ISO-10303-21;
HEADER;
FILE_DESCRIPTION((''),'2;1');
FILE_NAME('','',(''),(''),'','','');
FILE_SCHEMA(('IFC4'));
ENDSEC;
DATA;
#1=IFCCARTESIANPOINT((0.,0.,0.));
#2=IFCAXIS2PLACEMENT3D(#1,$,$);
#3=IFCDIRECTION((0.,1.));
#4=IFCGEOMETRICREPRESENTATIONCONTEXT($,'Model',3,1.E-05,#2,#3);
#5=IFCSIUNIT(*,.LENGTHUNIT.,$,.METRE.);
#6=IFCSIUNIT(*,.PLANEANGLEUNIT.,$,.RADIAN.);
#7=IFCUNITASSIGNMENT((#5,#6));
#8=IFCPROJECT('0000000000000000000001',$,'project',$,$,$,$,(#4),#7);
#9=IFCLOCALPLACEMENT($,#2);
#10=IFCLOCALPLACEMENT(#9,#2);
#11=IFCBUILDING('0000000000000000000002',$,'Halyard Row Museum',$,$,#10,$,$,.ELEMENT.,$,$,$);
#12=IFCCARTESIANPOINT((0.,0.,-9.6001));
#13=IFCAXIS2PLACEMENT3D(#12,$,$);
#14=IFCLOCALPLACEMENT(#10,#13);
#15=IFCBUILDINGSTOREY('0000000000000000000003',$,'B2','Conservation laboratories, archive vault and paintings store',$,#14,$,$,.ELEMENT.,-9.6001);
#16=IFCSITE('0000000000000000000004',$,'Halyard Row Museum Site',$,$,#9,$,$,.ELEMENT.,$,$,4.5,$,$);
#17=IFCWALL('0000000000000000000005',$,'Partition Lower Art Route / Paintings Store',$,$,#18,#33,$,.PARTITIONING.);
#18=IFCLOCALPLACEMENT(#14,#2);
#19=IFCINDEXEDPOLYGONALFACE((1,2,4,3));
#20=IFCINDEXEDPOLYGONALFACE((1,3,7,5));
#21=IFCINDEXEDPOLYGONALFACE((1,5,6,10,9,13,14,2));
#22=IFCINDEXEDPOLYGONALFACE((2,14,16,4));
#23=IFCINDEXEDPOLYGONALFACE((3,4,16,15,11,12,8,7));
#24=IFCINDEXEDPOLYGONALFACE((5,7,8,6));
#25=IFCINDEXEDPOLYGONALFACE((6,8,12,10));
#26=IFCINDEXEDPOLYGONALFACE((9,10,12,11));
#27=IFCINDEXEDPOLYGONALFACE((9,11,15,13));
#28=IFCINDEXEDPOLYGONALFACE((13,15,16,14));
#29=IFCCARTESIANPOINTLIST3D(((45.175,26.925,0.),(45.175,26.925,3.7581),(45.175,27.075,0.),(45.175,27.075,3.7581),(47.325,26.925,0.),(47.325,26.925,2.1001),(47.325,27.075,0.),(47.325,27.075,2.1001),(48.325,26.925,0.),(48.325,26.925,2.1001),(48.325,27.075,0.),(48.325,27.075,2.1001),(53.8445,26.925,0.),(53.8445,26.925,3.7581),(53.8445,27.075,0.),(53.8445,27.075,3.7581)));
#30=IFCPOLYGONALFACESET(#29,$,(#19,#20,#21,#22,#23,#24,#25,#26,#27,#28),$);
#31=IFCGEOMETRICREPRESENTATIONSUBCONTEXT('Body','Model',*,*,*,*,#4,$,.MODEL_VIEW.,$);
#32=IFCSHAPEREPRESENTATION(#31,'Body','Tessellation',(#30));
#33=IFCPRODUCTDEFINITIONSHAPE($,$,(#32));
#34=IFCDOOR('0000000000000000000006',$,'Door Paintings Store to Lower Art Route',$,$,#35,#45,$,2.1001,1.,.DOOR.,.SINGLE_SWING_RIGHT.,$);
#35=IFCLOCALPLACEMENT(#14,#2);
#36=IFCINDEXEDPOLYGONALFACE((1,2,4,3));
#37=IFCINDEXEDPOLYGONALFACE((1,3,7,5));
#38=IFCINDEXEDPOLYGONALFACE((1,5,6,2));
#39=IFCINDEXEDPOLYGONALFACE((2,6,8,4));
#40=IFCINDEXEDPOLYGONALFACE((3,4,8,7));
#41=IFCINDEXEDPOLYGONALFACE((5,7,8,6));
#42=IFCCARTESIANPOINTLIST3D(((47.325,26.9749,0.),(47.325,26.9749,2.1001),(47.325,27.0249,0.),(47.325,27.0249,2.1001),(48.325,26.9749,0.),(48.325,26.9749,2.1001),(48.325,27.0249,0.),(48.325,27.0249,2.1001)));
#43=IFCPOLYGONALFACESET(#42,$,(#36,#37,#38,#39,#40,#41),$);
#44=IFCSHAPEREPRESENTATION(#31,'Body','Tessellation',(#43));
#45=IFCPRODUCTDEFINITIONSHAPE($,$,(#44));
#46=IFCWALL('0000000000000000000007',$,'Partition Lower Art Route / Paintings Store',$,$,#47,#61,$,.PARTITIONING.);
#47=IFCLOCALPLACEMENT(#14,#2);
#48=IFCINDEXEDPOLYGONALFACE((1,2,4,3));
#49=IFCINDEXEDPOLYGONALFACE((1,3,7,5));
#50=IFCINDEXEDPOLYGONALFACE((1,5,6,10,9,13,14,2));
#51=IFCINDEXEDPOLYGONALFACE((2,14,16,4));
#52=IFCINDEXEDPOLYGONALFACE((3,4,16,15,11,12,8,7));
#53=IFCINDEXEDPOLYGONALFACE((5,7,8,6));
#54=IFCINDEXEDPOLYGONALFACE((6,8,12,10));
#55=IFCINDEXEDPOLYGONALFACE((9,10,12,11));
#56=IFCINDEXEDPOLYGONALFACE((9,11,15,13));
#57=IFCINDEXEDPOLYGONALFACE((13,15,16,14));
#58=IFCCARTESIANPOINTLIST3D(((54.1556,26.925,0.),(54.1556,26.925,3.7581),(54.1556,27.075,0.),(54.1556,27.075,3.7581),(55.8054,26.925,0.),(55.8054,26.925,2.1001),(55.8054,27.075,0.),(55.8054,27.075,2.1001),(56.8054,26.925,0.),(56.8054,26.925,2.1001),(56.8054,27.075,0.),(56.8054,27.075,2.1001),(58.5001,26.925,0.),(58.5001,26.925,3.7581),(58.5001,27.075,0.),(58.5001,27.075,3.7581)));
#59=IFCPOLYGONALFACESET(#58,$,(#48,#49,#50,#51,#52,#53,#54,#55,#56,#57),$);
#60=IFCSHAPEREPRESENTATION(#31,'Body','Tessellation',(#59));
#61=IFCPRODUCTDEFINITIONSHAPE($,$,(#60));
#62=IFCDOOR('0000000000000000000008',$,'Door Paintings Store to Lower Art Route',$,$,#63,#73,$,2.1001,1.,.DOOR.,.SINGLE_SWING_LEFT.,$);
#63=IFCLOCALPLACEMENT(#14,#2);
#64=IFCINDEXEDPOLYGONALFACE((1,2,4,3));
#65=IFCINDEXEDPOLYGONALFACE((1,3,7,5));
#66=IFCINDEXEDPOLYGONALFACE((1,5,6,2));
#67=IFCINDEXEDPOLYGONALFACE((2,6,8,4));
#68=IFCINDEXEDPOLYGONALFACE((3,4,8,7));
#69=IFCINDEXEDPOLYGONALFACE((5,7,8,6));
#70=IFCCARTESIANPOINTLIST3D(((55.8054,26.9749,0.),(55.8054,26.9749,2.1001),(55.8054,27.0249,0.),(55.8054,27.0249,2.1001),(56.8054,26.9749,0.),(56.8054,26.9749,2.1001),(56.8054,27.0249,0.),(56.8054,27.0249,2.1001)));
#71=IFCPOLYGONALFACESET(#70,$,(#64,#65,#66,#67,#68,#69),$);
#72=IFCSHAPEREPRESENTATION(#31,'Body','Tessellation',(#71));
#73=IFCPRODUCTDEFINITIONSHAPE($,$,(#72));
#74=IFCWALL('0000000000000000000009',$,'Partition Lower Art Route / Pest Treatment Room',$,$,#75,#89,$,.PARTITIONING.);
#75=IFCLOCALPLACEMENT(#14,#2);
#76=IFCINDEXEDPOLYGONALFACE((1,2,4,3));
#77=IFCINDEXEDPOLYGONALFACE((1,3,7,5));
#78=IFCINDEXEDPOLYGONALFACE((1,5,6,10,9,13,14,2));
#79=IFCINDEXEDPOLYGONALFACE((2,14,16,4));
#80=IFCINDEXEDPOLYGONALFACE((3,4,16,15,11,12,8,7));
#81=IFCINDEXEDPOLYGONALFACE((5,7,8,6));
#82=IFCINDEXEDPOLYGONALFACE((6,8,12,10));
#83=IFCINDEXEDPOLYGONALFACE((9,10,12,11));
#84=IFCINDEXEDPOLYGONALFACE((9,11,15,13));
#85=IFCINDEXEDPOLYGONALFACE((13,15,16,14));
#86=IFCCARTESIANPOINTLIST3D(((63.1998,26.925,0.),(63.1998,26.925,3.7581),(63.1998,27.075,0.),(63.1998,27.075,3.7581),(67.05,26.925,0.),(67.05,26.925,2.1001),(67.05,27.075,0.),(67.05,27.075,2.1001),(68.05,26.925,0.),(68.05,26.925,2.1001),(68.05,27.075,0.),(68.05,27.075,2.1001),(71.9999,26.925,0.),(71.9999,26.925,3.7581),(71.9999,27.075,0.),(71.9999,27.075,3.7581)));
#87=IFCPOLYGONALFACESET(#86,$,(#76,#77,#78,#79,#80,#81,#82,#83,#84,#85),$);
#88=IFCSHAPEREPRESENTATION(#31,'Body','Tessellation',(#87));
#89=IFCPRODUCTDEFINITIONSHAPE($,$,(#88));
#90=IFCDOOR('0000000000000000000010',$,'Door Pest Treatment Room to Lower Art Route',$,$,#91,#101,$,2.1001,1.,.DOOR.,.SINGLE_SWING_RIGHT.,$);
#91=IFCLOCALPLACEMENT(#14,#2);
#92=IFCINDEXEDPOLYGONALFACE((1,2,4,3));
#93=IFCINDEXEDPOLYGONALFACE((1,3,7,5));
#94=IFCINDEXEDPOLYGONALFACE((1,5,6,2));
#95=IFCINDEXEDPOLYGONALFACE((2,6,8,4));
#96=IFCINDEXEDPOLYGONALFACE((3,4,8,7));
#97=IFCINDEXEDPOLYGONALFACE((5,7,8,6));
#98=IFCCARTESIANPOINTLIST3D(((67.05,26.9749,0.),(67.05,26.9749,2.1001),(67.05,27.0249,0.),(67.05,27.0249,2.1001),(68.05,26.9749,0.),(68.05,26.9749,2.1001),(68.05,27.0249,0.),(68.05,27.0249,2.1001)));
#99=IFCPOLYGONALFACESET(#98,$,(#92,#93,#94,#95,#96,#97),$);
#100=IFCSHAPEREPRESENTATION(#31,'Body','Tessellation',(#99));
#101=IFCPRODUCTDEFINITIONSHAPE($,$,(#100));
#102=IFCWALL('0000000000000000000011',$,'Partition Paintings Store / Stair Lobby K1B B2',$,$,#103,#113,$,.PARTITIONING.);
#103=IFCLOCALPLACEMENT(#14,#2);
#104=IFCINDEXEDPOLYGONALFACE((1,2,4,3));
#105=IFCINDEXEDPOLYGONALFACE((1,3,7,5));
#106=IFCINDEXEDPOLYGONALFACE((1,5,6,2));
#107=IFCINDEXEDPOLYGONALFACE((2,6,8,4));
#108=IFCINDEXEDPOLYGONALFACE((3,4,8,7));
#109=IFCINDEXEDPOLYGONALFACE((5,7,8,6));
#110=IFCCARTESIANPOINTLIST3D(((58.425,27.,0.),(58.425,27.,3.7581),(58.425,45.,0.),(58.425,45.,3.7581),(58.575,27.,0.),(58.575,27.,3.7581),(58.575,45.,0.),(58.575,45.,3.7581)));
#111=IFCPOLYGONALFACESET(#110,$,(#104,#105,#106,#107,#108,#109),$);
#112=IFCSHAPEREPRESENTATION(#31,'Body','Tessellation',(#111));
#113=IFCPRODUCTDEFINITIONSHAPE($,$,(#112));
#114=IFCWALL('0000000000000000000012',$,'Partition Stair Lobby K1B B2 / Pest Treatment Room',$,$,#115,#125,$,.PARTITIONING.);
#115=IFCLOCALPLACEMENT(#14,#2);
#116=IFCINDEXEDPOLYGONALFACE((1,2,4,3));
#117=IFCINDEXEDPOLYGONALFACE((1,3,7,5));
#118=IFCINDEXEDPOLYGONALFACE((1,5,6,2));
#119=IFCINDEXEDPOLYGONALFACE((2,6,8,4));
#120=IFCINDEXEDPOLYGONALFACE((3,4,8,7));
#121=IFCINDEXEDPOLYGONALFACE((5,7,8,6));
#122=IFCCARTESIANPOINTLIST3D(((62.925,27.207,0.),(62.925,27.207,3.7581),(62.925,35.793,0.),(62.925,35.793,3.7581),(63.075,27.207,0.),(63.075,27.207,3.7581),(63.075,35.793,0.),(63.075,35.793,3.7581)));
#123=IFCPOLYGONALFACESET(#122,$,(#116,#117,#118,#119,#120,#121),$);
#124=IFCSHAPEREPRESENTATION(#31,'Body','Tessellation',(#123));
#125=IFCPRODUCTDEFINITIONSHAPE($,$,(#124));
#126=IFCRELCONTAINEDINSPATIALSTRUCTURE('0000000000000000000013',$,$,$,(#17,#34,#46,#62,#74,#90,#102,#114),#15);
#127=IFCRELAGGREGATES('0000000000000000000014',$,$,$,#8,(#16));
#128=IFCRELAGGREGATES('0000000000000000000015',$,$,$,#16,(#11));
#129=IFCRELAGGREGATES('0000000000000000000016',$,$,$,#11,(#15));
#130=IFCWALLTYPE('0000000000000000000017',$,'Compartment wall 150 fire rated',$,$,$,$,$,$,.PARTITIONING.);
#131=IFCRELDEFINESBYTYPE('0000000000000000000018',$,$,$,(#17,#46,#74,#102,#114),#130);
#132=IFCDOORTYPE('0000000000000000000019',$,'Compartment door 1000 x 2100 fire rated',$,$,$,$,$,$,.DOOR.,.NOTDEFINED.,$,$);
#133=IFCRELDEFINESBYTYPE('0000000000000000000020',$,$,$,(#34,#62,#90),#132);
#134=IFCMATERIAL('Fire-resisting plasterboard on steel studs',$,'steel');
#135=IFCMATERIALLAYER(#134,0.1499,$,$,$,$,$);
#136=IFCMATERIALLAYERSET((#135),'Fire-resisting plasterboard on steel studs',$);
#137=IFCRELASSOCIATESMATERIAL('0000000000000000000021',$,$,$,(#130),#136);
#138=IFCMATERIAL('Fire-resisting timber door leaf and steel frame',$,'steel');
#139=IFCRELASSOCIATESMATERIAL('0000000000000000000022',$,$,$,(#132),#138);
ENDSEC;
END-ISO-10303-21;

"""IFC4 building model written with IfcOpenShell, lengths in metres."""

from ifc_helpers import new_model, si_unit, direction, frame, frame_2d, origin, place, context, subcontext, project, spatial, rectangle, extrude, material, layer, layer_set, type_object, element, fill, save


model = new_model("IFC4")

# Units and contexts
model_context = context("Model", 3, precision=1e-05, world=origin(), true_north=direction((0.0, 1.0)))
body_context = subcontext(model_context, "Body", "Model", "MODEL_VIEW")
ifc_project = project(units=[si_unit("LENGTHUNIT", "METRE"), si_unit("PLANEANGLEUNIT", "RADIAN")], contexts=[model_context])

# Site, building, storey
site_placement = place(None, origin())
site = spatial("IfcSite", under=ifc_project, at=site_placement, Name="Halyard Row Museum Site", CompositionType="ELEMENT", RefElevation=4.5)
building_placement = place(site_placement, origin())
building = spatial("IfcBuilding", under=site, at=building_placement, Name="Halyard Row Museum", CompositionType="ELEMENT")
storey_placement = place(building_placement, frame((0.0, 0.0, -9.6001)))
storey = spatial("IfcBuildingStorey", under=building, at=storey_placement, Name="B2", Description="Conservation laboratories, archive vault and paintings store", CompositionType="ELEMENT", Elevation=-9.6001)

# Walls, openings, doors
ifc_material_1 = material(Name="Fire-resisting plasterboard on steel studs", Category="steel")
ifc_layer = layer(ifc_material_1, 0.1499)
ifc_layer_set = layer_set([ifc_layer], Name="Fire-resisting plasterboard on steel studs")
wall_type = type_object("IfcWallType", Name="Compartment wall 150 fire rated", PredefinedType="PARTITIONING", material=ifc_layer_set)
wall_1_placement = place(storey_placement, frame((45.175, 27.0, 0.0), z_axis=(0.0, 0.0, 1.0), x_axis=(1.0, 0.0, 0.0)))
wall_1 = element("IfcWall", 1, at=wall_1_placement, inside=storey, type_object=wall_type, Name="Partition Lower Art Route / Paintings Store", PredefinedType="PARTITIONING", context=body_context, shape_type="SweptSolid", body=[
    extrude(rectangle(XDim=8.6694, YDim=0.1499, at=frame_2d((4.3347, 0.0))), origin(), (0.0, 0.0, 1.0), 3.7581),
])
opening_1_placement = place(wall_1_placement, frame((2.1499, 0.0, 0.0)))
opening_1 = element("IfcOpeningElement", 2, at=opening_1_placement, cuts=wall_1, PredefinedType="OPENING", context=body_context, shape_type="SweptSolid", body=[
    extrude(rectangle(XDim=1.0, YDim=2.1001, at=frame_2d((0.5, 1.05))), frame((0.0, 0.085, 0.0), z_axis=(0.0, -1.0, 0.0), x_axis=(1.0, 0.0, 0.0)), (0.0, 0.0, 1.0), 0.1699),
])
ifc_material_2 = material(Name="Fire-resisting timber door leaf and steel frame", Category="steel")
door_type = type_object("IfcDoorType", Name="Compartment door 1000 x 2100 fire rated", OperationType="NOTDEFINED", PredefinedType="DOOR", material=ifc_material_2)
door_1_placement = place(opening_1_placement, origin())
door_1 = element("IfcDoor", 3, at=door_1_placement, inside=storey, type_object=door_type, Name="Door Paintings Store to Lower Art Route", OperationType="SINGLE_SWING_RIGHT", OverallHeight=2.1001, OverallWidth=1.0, PredefinedType="DOOR", context=body_context, shape_type="SweptSolid", body=[
    extrude(rectangle(XDim=1.0, YDim=2.1001, at=frame_2d((0.5, 1.05))), frame((0.0, 0.0249, 0.0), z_axis=(0.0, -1.0, 0.0), x_axis=(1.0, 0.0, 0.0)), (0.0, 0.0, 1.0), 0.05),
])
fill(opening_1, door_1)
wall_2_placement = place(storey_placement, frame((54.1555, 27.0, 0.0), z_axis=(0.0, 0.0, 1.0), x_axis=(1.0, 0.0, 0.0)))
wall_2 = element("IfcWall", 4, at=wall_2_placement, inside=storey, type_object=wall_type, Name="Partition Lower Art Route / Paintings Store", PredefinedType="PARTITIONING", context=body_context, shape_type="SweptSolid", body=[
    extrude(rectangle(XDim=4.3445, YDim=0.1499, at=frame_2d((2.1724, 0.0))), origin(), (0.0, 0.0, 1.0), 3.7581),
])
opening_2_placement = place(wall_2_placement, frame((1.6499, 0.0, 0.0)))
opening_2 = element("IfcOpeningElement", 5, at=opening_2_placement, cuts=wall_2, PredefinedType="OPENING", context=body_context, shape_type="SweptSolid", body=[
    extrude(rectangle(XDim=1.0, YDim=2.1001, at=frame_2d((0.5, 1.05))), frame((0.0, 0.085, 0.0), z_axis=(0.0, -1.0, 0.0), x_axis=(1.0, 0.0, 0.0)), (0.0, 0.0, 1.0), 0.1699),
])
door_2_placement = place(opening_2_placement, origin())
door_2 = element("IfcDoor", 6, at=door_2_placement, inside=storey, type_object=door_type, Name="Door Paintings Store to Lower Art Route", OperationType="SINGLE_SWING_LEFT", OverallHeight=2.1001, OverallWidth=1.0, PredefinedType="DOOR", context=body_context, shape_type="SweptSolid", body=[
    extrude(rectangle(XDim=1.0, YDim=2.1001, at=frame_2d((0.5, 1.05))), frame((0.0, 0.0249, 0.0), z_axis=(0.0, -1.0, 0.0), x_axis=(1.0, 0.0, 0.0)), (0.0, 0.0, 1.0), 0.05),
])
fill(opening_2, door_2)
wall_3_placement = place(storey_placement, frame((63.2, 27.0, 0.0), z_axis=(0.0, 0.0, 1.0), x_axis=(1.0, 0.0, 0.0)))
wall_3 = element("IfcWall", 7, at=wall_3_placement, inside=storey, type_object=wall_type, Name="Partition Lower Art Route / Pest Treatment Room", PredefinedType="PARTITIONING", context=body_context, shape_type="SweptSolid", body=[
    extrude(rectangle(XDim=8.8, YDim=0.1499, at=frame_2d((4.3999, 0.0))), origin(), (0.0, 0.0, 1.0), 3.7581),
])
opening_3_placement = place(wall_3_placement, frame((3.8501, 0.0, 0.0)))
opening_3 = element("IfcOpeningElement", 8, at=opening_3_placement, cuts=wall_3, PredefinedType="OPENING", context=body_context, shape_type="SweptSolid", body=[
    extrude(rectangle(XDim=1.0, YDim=2.1001, at=frame_2d((0.5, 1.05))), frame((0.0, 0.085, 0.0), z_axis=(0.0, -1.0, 0.0), x_axis=(1.0, 0.0, 0.0)), (0.0, 0.0, 1.0), 0.1699),
])
door_3_placement = place(opening_3_placement, origin())
door_3 = element("IfcDoor", 9, at=door_3_placement, inside=storey, type_object=door_type, Name="Door Pest Treatment Room to Lower Art Route", OperationType="SINGLE_SWING_RIGHT", OverallHeight=2.1001, OverallWidth=1.0, PredefinedType="DOOR", context=body_context, shape_type="SweptSolid", body=[
    extrude(rectangle(XDim=1.0, YDim=2.1001, at=frame_2d((0.5, 1.05))), frame((0.0, 0.0249, 0.0), z_axis=(0.0, -1.0, 0.0), x_axis=(1.0, 0.0, 0.0)), (0.0, 0.0, 1.0), 0.05),
])
fill(opening_3, door_3)

# Walls
wall_4_placement = place(storey_placement, frame((58.5, 27.0, 0.0), z_axis=(0.0, 0.0, 1.0), x_axis=(0.0, 1.0, 0.0)))
element("IfcWall", 10, at=wall_4_placement, inside=storey, type_object=wall_type, Name="Partition Paintings Store / Stair Lobby K1B B2", PredefinedType="PARTITIONING", context=body_context, shape_type="SweptSolid", body=[
    extrude(rectangle(XDim=18.0, YDim=0.1499, at=frame_2d((9.0, 0.0))), origin(), (0.0, 0.0, 1.0), 3.7581),
])
wall_5_placement = place(storey_placement, frame((63.0, 27.207, 0.0), z_axis=(0.0, 0.0, 1.0), x_axis=(0.0, 1.0, 0.0)))
element("IfcWall", 11, at=wall_5_placement, inside=storey, type_object=wall_type, Name="Partition Stair Lobby K1B B2 / Pest Treatment Room", PredefinedType="PARTITIONING", context=body_context, shape_type="SweptSolid", body=[
    extrude(rectangle(XDim=8.5859, YDim=0.1499, at=frame_2d((4.293, 0.0))), origin(), (0.0, 0.0, 1.0), 3.7581),
])

save(model, "model.ifc")
